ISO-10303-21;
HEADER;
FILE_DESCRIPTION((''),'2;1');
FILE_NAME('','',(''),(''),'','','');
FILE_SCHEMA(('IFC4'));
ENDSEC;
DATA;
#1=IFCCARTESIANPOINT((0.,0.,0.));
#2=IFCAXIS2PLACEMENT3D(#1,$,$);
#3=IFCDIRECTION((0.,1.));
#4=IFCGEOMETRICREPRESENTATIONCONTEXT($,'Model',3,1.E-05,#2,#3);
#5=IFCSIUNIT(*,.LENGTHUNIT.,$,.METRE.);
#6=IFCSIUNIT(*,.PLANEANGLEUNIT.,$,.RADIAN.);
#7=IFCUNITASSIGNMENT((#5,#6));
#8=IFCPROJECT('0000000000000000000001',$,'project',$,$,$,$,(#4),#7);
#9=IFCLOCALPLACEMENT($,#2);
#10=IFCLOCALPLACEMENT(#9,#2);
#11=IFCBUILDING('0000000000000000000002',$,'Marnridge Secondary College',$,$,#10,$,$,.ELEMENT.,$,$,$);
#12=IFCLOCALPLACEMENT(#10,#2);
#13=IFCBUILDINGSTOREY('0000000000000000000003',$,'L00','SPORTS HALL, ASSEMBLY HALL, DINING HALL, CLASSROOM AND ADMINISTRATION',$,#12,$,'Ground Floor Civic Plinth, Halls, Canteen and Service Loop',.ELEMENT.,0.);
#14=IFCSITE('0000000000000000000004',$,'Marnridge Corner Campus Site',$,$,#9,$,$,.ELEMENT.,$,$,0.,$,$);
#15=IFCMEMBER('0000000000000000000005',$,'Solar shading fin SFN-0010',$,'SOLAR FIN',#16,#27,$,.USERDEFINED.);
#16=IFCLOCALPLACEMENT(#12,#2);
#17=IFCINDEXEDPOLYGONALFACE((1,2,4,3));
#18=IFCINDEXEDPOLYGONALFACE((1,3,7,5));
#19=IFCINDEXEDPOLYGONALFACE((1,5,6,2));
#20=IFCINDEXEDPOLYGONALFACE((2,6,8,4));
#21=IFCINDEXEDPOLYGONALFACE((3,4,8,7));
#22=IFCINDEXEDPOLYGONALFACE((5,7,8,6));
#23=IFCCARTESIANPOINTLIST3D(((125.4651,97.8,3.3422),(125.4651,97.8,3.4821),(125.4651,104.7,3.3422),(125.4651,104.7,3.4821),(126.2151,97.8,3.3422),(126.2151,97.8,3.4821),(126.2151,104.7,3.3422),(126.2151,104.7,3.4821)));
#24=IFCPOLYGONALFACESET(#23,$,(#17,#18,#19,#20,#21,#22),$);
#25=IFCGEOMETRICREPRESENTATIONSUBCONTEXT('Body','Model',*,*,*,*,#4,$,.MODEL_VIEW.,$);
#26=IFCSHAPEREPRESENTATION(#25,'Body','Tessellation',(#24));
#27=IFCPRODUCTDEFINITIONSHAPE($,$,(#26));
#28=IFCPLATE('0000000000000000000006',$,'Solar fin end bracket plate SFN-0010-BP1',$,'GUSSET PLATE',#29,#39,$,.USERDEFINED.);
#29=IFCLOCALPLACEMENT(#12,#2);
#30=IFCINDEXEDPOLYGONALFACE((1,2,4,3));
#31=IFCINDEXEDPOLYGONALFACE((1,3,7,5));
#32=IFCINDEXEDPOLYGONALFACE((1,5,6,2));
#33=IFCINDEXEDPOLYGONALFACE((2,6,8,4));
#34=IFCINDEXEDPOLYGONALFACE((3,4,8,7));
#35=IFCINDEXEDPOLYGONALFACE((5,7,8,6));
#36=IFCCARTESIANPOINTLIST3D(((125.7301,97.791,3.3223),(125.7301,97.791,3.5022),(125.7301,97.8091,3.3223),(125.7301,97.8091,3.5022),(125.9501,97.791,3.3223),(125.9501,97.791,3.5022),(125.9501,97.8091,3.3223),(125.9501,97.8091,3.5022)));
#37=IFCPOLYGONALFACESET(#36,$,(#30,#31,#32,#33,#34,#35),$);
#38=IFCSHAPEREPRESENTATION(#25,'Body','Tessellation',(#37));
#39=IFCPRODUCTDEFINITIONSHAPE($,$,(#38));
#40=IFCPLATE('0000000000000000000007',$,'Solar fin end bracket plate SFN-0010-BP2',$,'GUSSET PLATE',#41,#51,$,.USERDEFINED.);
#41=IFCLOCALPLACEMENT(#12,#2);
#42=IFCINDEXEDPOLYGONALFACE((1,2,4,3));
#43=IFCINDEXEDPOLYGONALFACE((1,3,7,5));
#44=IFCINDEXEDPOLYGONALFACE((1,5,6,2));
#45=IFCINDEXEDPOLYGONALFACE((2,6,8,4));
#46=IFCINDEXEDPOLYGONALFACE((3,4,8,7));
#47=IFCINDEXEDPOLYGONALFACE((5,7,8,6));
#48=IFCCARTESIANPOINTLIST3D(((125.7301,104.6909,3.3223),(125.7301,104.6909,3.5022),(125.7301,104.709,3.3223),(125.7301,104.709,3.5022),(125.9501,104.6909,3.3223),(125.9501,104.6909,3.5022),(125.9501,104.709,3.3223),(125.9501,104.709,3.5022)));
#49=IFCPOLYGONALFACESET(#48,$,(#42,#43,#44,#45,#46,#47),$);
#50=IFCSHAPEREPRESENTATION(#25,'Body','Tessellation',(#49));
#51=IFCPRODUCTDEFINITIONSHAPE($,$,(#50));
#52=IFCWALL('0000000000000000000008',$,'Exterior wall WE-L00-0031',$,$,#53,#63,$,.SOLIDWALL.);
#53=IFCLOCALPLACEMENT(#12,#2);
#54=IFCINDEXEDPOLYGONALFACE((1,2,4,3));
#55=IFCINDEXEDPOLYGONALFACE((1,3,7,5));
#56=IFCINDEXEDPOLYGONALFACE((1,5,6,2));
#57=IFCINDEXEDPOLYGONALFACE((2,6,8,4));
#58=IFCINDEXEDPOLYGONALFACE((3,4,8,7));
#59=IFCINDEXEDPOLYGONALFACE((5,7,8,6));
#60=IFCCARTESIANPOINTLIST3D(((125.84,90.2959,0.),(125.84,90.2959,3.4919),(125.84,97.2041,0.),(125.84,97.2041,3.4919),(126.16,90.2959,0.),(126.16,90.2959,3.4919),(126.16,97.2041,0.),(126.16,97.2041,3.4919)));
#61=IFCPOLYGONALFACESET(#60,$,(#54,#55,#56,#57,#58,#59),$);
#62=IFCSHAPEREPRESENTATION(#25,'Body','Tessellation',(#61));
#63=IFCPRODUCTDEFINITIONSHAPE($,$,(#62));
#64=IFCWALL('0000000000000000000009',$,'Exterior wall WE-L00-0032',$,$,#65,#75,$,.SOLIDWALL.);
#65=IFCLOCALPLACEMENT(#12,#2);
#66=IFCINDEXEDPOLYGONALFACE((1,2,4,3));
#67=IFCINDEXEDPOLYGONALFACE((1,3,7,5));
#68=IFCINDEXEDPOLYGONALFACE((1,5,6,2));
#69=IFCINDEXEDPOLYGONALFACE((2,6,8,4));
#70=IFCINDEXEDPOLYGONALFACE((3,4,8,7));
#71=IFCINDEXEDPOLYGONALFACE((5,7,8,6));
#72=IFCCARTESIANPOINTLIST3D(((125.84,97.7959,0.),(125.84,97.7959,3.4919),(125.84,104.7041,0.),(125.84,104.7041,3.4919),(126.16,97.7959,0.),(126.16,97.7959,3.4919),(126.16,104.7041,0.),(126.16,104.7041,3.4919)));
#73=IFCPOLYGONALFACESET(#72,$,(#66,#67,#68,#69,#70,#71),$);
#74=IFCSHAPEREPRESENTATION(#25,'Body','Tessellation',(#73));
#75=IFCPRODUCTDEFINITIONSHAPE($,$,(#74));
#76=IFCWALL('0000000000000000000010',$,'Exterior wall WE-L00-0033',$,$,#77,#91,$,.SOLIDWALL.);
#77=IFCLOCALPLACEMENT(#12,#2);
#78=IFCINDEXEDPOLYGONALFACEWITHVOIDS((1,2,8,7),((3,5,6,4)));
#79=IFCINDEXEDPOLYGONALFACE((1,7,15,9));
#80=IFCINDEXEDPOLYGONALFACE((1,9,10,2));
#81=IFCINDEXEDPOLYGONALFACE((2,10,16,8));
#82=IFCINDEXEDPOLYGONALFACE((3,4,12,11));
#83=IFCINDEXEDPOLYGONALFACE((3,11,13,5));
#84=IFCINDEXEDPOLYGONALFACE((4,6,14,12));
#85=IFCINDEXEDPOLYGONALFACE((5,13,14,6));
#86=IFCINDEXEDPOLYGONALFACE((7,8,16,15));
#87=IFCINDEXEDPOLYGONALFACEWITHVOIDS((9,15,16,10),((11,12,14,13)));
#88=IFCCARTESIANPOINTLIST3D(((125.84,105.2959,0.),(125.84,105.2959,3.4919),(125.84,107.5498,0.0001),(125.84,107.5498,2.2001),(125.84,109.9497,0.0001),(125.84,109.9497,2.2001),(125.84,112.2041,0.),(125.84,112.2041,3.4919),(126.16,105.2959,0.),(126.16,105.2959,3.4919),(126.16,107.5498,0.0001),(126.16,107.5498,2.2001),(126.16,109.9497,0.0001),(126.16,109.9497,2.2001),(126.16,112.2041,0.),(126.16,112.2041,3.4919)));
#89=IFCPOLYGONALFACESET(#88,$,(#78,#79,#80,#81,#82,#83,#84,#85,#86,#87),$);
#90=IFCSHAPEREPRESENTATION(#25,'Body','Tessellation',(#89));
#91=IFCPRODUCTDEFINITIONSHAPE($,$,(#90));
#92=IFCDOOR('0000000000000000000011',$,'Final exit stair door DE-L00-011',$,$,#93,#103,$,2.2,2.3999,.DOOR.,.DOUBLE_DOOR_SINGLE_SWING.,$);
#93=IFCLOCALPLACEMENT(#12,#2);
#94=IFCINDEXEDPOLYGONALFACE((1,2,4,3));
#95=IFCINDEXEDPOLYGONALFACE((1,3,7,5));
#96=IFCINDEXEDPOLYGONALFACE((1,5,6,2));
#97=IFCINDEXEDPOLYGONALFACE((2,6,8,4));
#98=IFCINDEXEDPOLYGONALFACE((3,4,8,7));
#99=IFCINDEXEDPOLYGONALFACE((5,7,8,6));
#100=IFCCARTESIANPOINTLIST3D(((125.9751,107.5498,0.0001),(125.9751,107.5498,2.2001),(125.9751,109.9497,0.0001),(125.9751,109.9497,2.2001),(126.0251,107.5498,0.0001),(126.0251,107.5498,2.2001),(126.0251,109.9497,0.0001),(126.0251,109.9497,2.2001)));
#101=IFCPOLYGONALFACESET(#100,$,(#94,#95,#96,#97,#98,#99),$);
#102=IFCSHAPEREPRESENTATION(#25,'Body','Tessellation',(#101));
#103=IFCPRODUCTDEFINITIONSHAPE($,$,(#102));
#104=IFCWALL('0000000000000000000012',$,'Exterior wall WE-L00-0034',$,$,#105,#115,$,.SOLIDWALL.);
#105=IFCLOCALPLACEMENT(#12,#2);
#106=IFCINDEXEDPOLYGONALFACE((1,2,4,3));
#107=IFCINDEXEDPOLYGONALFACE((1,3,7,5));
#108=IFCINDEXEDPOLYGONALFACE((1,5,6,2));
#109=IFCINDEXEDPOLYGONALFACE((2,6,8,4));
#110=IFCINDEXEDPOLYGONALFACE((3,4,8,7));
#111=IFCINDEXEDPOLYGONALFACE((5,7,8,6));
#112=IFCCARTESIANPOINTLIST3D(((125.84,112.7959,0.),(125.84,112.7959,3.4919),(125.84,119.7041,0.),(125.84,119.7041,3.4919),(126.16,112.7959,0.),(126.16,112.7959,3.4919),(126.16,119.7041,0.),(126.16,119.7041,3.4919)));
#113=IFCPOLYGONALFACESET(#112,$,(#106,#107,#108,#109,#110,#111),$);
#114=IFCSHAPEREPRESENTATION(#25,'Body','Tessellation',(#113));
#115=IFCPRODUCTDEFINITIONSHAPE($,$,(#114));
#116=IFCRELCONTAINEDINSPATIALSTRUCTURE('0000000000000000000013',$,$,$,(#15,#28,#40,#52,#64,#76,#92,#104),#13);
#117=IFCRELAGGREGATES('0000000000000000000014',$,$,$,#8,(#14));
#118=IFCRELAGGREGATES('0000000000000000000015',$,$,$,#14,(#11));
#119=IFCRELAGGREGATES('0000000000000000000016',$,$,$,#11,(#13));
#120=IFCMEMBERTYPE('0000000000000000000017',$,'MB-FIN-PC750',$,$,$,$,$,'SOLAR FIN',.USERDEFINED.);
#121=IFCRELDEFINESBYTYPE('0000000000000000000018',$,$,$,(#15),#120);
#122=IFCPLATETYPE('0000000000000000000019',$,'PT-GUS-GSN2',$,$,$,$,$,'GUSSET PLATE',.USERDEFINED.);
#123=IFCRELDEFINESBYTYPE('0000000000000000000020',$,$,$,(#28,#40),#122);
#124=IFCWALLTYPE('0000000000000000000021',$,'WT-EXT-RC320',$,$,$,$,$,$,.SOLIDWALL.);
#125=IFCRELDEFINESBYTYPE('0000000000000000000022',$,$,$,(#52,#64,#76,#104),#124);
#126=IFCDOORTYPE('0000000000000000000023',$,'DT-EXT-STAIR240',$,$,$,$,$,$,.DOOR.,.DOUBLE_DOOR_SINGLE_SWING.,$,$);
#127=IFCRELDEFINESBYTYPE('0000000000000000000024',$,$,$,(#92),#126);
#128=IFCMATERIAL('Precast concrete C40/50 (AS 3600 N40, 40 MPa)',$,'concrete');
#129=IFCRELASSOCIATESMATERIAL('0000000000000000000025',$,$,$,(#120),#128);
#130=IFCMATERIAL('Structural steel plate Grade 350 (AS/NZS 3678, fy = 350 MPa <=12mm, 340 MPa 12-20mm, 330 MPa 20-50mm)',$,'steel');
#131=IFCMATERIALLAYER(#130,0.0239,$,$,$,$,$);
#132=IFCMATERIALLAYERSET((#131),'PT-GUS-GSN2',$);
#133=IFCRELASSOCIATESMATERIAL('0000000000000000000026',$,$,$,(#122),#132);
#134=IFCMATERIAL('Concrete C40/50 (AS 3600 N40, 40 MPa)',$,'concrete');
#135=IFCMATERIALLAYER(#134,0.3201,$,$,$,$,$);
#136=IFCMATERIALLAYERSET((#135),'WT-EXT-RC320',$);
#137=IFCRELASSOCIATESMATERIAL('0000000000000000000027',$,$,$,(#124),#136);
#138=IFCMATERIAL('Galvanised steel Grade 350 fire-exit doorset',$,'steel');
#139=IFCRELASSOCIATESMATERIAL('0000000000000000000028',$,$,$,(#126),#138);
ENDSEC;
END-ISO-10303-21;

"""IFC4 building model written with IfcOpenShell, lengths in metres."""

from ifc_helpers import new_model, si_unit, direction, frame, frame_2d, origin, origin_2d, place, context, subcontext, project, spatial, rectangle, extrude, material, layer, layer_set, material_profile, profile_set, type_object, element, fill, save


model = new_model("IFC4")

# Units and contexts
model_context = context("Model", 3, precision=1e-05, world=origin(), true_north=direction((0.0, 1.0)))
body_context = subcontext(model_context, "Body", "Model", "MODEL_VIEW")
ifc_project = project(units=[si_unit("LENGTHUNIT", "METRE"), si_unit("PLANEANGLEUNIT", "RADIAN")], contexts=[model_context])

# Site, building, storey
site_placement = place(None, origin())
site = spatial("IfcSite", under=ifc_project, at=site_placement, Name="Marnridge Corner Campus Site", CompositionType="ELEMENT", RefElevation=0.0)
building_placement = place(site_placement, origin())
building = spatial("IfcBuilding", under=site, at=building_placement, Name="Marnridge Secondary College", CompositionType="ELEMENT")
storey_placement = place(building_placement, origin())
storey = spatial("IfcBuildingStorey", under=building, at=storey_placement, Name="L00", Description="SPORTS HALL, ASSEMBLY HALL, DINING HALL, CLASSROOM AND ADMINISTRATION", LongName="Ground Floor Civic Plinth, Halls, Canteen and Service Loop", CompositionType="ELEMENT", Elevation=0.0)

# Member
ifc_material_1 = material(Name="Precast concrete C40/50 (AS 3600 N40, 40 MPa)", Category="concrete")
ifc_material_profile_1 = material_profile(ifc_material_1, rectangle(XDim=0.1399, YDim=0.75, at=origin_2d()), Name="FIN PC 140x750")
ifc_profile_set_1 = profile_set([ifc_material_profile_1], Name="Precast concrete C40/50 (AS 3600 N40, 40 MPa)")
member_type = type_object("IfcMemberType", Name="MB-FIN-PC750", ElementType="SOLAR FIN", PredefinedType="USERDEFINED", material=ifc_profile_set_1)
member_placement = place(storey_placement, frame((125.8401, 97.8, 3.4121), z_axis=(0.0, 1.0, 0.0), x_axis=(0.0, 0.0, 1.0)))
element("IfcMember", 1, at=member_placement, inside=storey, type_object=member_type, Name="Solar shading fin SFN-0010", ObjectType="SOLAR FIN", PredefinedType="USERDEFINED", context=body_context, shape_type="SweptSolid", body=[
    extrude(rectangle(XDim=0.1399, YDim=0.75, at=origin_2d()), origin(), (0.0, 0.0, 1.0), 6.8999),
])

# Plates
ifc_material_2 = material(Name="Structural steel plate Grade 350 (AS/NZS 3678, fy = 350 MPa <=12mm, 340 MPa 12-20mm, 330 MPa 20-50mm)", Category="steel")
ifc_layer_1 = layer(ifc_material_2, 0.0239)
ifc_layer_set_1 = layer_set([ifc_layer_1], Name="PT-GUS-GSN2")
plate_type = type_object("IfcPlateType", Name="PT-GUS-GSN2", ElementType="GUSSET PLATE", PredefinedType="USERDEFINED", material=ifc_layer_set_1)
for number, where, z_axis, x_axis, name in (
    (2, (125.8401, 97.8, 3.3223), (0.0, 0.0, 1.0), (1.0, 0.0, 0.0), "Solar fin end bracket plate SFN-0010-BP1"),
    (3, (125.8401, 104.7, 3.3223), (0.0, 0.0, 1.0), (1.0, 0.0, 0.0), "Solar fin end bracket plate SFN-0010-BP2"),
):
    element("IfcPlate", number, at=place(storey_placement, frame(where, z_axis=z_axis, x_axis=x_axis)), inside=storey, type_object=plate_type, Name=name, ObjectType="GUSSET PLATE", PredefinedType="USERDEFINED", context=body_context, shape_type="SweptSolid", body=[
        extrude(rectangle(XDim=0.22, YDim=0.0181, at=origin_2d()), origin(), (0.0, 0.0, 1.0), 0.1799),
    ])

# Walls
ifc_material_3 = material(Name="Concrete C40/50 (AS 3600 N40, 40 MPa)", Category="concrete")
ifc_layer_2 = layer(ifc_material_3, 0.3201)
ifc_layer_set_2 = layer_set([ifc_layer_2], Name="WT-EXT-RC320")
wall_type = type_object("IfcWallType", Name="WT-EXT-RC320", PredefinedType="SOLIDWALL", material=ifc_layer_set_2)
for number, where, z_axis, x_axis, name in (
    (4, (126.0, 90.2959, 0.0), (0.0, 0.0, 1.0), (0.0, 1.0, 0.0), "Exterior wall WE-L00-0031"),
    (5, (126.0, 97.7959, 0.0), (0.0, 0.0, 1.0), (0.0, 1.0, 0.0), "Exterior wall WE-L00-0032"),
):
    element("IfcWall", number, at=place(storey_placement, frame(where, z_axis=z_axis, x_axis=x_axis)), inside=storey, type_object=wall_type, Name=name, PredefinedType="SOLIDWALL", context=body_context, shape_type="SweptSolid", body=[
        extrude(rectangle(XDim=6.9082, YDim=0.3201, at=frame_2d((3.4541, 0.0))), origin(), (0.0, 0.0, 1.0), 3.4919),
    ])

# Wall, opening, door
wall_1_placement = place(storey_placement, frame((126.0, 105.2959, 0.0), z_axis=(0.0, 0.0, 1.0), x_axis=(0.0, 1.0, 0.0)))
wall_1 = element("IfcWall", 6, at=wall_1_placement, inside=storey, type_object=wall_type, Name="Exterior wall WE-L00-0033", PredefinedType="SOLIDWALL", context=body_context, shape_type="SweptSolid", body=[
    extrude(rectangle(XDim=6.9082, YDim=0.3201, at=frame_2d((3.4541, 0.0))), origin(), (0.0, 0.0, 1.0), 3.4919),
])
opening_placement = place(wall_1_placement, frame((2.2539, 0.0, 0.0)))
opening = element("IfcOpeningElement", 7, at=opening_placement, cuts=wall_1, PredefinedType="OPENING", context=body_context, shape_type="SweptSolid", body=[
    extrude(rectangle(XDim=2.3999, YDim=2.2, at=frame_2d((1.2, 1.1001))), frame((0.0, 0.1699, 0.0), z_axis=(0.0, -1.0, 0.0), x_axis=(1.0, 0.0, 0.0)), (0.0, 0.0, 1.0), 0.3401),
])
ifc_material_4 = material(Name="Galvanised steel Grade 350 fire-exit doorset", Category="steel")
door_type = type_object("IfcDoorType", Name="DT-EXT-STAIR240", OperationType="DOUBLE_DOOR_SINGLE_SWING", PredefinedType="DOOR", material=ifc_material_4)
door_placement = place(opening_placement, origin())
door = element("IfcDoor", 8, at=door_placement, inside=storey, type_object=door_type, Name="Final exit stair door DE-L00-011", OperationType="DOUBLE_DOOR_SINGLE_SWING", OverallHeight=2.2, OverallWidth=2.3999, PredefinedType="DOOR", context=body_context, shape_type="SweptSolid", body=[
    extrude(rectangle(XDim=2.3999, YDim=2.2, at=frame_2d((1.2, 1.1001))), frame((0.0, 0.0249, 0.0), z_axis=(0.0, -1.0, 0.0), x_axis=(1.0, 0.0, 0.0)), (0.0, 0.0, 1.0), 0.05),
])
fill(opening, door)

# Wall
wall_2_placement = place(storey_placement, frame((126.0, 112.7959, 0.0), z_axis=(0.0, 0.0, 1.0), x_axis=(0.0, 1.0, 0.0)))
element("IfcWall", 9, at=wall_2_placement, inside=storey, type_object=wall_type, Name="Exterior wall WE-L00-0034", PredefinedType="SOLIDWALL", context=body_context, shape_type="SweptSolid", body=[
    extrude(rectangle(XDim=6.9082, YDim=0.3201, at=frame_2d((3.4541, 0.0))), origin(), (0.0, 0.0, 1.0), 3.4919),
])

save(model, "model.ifc")
